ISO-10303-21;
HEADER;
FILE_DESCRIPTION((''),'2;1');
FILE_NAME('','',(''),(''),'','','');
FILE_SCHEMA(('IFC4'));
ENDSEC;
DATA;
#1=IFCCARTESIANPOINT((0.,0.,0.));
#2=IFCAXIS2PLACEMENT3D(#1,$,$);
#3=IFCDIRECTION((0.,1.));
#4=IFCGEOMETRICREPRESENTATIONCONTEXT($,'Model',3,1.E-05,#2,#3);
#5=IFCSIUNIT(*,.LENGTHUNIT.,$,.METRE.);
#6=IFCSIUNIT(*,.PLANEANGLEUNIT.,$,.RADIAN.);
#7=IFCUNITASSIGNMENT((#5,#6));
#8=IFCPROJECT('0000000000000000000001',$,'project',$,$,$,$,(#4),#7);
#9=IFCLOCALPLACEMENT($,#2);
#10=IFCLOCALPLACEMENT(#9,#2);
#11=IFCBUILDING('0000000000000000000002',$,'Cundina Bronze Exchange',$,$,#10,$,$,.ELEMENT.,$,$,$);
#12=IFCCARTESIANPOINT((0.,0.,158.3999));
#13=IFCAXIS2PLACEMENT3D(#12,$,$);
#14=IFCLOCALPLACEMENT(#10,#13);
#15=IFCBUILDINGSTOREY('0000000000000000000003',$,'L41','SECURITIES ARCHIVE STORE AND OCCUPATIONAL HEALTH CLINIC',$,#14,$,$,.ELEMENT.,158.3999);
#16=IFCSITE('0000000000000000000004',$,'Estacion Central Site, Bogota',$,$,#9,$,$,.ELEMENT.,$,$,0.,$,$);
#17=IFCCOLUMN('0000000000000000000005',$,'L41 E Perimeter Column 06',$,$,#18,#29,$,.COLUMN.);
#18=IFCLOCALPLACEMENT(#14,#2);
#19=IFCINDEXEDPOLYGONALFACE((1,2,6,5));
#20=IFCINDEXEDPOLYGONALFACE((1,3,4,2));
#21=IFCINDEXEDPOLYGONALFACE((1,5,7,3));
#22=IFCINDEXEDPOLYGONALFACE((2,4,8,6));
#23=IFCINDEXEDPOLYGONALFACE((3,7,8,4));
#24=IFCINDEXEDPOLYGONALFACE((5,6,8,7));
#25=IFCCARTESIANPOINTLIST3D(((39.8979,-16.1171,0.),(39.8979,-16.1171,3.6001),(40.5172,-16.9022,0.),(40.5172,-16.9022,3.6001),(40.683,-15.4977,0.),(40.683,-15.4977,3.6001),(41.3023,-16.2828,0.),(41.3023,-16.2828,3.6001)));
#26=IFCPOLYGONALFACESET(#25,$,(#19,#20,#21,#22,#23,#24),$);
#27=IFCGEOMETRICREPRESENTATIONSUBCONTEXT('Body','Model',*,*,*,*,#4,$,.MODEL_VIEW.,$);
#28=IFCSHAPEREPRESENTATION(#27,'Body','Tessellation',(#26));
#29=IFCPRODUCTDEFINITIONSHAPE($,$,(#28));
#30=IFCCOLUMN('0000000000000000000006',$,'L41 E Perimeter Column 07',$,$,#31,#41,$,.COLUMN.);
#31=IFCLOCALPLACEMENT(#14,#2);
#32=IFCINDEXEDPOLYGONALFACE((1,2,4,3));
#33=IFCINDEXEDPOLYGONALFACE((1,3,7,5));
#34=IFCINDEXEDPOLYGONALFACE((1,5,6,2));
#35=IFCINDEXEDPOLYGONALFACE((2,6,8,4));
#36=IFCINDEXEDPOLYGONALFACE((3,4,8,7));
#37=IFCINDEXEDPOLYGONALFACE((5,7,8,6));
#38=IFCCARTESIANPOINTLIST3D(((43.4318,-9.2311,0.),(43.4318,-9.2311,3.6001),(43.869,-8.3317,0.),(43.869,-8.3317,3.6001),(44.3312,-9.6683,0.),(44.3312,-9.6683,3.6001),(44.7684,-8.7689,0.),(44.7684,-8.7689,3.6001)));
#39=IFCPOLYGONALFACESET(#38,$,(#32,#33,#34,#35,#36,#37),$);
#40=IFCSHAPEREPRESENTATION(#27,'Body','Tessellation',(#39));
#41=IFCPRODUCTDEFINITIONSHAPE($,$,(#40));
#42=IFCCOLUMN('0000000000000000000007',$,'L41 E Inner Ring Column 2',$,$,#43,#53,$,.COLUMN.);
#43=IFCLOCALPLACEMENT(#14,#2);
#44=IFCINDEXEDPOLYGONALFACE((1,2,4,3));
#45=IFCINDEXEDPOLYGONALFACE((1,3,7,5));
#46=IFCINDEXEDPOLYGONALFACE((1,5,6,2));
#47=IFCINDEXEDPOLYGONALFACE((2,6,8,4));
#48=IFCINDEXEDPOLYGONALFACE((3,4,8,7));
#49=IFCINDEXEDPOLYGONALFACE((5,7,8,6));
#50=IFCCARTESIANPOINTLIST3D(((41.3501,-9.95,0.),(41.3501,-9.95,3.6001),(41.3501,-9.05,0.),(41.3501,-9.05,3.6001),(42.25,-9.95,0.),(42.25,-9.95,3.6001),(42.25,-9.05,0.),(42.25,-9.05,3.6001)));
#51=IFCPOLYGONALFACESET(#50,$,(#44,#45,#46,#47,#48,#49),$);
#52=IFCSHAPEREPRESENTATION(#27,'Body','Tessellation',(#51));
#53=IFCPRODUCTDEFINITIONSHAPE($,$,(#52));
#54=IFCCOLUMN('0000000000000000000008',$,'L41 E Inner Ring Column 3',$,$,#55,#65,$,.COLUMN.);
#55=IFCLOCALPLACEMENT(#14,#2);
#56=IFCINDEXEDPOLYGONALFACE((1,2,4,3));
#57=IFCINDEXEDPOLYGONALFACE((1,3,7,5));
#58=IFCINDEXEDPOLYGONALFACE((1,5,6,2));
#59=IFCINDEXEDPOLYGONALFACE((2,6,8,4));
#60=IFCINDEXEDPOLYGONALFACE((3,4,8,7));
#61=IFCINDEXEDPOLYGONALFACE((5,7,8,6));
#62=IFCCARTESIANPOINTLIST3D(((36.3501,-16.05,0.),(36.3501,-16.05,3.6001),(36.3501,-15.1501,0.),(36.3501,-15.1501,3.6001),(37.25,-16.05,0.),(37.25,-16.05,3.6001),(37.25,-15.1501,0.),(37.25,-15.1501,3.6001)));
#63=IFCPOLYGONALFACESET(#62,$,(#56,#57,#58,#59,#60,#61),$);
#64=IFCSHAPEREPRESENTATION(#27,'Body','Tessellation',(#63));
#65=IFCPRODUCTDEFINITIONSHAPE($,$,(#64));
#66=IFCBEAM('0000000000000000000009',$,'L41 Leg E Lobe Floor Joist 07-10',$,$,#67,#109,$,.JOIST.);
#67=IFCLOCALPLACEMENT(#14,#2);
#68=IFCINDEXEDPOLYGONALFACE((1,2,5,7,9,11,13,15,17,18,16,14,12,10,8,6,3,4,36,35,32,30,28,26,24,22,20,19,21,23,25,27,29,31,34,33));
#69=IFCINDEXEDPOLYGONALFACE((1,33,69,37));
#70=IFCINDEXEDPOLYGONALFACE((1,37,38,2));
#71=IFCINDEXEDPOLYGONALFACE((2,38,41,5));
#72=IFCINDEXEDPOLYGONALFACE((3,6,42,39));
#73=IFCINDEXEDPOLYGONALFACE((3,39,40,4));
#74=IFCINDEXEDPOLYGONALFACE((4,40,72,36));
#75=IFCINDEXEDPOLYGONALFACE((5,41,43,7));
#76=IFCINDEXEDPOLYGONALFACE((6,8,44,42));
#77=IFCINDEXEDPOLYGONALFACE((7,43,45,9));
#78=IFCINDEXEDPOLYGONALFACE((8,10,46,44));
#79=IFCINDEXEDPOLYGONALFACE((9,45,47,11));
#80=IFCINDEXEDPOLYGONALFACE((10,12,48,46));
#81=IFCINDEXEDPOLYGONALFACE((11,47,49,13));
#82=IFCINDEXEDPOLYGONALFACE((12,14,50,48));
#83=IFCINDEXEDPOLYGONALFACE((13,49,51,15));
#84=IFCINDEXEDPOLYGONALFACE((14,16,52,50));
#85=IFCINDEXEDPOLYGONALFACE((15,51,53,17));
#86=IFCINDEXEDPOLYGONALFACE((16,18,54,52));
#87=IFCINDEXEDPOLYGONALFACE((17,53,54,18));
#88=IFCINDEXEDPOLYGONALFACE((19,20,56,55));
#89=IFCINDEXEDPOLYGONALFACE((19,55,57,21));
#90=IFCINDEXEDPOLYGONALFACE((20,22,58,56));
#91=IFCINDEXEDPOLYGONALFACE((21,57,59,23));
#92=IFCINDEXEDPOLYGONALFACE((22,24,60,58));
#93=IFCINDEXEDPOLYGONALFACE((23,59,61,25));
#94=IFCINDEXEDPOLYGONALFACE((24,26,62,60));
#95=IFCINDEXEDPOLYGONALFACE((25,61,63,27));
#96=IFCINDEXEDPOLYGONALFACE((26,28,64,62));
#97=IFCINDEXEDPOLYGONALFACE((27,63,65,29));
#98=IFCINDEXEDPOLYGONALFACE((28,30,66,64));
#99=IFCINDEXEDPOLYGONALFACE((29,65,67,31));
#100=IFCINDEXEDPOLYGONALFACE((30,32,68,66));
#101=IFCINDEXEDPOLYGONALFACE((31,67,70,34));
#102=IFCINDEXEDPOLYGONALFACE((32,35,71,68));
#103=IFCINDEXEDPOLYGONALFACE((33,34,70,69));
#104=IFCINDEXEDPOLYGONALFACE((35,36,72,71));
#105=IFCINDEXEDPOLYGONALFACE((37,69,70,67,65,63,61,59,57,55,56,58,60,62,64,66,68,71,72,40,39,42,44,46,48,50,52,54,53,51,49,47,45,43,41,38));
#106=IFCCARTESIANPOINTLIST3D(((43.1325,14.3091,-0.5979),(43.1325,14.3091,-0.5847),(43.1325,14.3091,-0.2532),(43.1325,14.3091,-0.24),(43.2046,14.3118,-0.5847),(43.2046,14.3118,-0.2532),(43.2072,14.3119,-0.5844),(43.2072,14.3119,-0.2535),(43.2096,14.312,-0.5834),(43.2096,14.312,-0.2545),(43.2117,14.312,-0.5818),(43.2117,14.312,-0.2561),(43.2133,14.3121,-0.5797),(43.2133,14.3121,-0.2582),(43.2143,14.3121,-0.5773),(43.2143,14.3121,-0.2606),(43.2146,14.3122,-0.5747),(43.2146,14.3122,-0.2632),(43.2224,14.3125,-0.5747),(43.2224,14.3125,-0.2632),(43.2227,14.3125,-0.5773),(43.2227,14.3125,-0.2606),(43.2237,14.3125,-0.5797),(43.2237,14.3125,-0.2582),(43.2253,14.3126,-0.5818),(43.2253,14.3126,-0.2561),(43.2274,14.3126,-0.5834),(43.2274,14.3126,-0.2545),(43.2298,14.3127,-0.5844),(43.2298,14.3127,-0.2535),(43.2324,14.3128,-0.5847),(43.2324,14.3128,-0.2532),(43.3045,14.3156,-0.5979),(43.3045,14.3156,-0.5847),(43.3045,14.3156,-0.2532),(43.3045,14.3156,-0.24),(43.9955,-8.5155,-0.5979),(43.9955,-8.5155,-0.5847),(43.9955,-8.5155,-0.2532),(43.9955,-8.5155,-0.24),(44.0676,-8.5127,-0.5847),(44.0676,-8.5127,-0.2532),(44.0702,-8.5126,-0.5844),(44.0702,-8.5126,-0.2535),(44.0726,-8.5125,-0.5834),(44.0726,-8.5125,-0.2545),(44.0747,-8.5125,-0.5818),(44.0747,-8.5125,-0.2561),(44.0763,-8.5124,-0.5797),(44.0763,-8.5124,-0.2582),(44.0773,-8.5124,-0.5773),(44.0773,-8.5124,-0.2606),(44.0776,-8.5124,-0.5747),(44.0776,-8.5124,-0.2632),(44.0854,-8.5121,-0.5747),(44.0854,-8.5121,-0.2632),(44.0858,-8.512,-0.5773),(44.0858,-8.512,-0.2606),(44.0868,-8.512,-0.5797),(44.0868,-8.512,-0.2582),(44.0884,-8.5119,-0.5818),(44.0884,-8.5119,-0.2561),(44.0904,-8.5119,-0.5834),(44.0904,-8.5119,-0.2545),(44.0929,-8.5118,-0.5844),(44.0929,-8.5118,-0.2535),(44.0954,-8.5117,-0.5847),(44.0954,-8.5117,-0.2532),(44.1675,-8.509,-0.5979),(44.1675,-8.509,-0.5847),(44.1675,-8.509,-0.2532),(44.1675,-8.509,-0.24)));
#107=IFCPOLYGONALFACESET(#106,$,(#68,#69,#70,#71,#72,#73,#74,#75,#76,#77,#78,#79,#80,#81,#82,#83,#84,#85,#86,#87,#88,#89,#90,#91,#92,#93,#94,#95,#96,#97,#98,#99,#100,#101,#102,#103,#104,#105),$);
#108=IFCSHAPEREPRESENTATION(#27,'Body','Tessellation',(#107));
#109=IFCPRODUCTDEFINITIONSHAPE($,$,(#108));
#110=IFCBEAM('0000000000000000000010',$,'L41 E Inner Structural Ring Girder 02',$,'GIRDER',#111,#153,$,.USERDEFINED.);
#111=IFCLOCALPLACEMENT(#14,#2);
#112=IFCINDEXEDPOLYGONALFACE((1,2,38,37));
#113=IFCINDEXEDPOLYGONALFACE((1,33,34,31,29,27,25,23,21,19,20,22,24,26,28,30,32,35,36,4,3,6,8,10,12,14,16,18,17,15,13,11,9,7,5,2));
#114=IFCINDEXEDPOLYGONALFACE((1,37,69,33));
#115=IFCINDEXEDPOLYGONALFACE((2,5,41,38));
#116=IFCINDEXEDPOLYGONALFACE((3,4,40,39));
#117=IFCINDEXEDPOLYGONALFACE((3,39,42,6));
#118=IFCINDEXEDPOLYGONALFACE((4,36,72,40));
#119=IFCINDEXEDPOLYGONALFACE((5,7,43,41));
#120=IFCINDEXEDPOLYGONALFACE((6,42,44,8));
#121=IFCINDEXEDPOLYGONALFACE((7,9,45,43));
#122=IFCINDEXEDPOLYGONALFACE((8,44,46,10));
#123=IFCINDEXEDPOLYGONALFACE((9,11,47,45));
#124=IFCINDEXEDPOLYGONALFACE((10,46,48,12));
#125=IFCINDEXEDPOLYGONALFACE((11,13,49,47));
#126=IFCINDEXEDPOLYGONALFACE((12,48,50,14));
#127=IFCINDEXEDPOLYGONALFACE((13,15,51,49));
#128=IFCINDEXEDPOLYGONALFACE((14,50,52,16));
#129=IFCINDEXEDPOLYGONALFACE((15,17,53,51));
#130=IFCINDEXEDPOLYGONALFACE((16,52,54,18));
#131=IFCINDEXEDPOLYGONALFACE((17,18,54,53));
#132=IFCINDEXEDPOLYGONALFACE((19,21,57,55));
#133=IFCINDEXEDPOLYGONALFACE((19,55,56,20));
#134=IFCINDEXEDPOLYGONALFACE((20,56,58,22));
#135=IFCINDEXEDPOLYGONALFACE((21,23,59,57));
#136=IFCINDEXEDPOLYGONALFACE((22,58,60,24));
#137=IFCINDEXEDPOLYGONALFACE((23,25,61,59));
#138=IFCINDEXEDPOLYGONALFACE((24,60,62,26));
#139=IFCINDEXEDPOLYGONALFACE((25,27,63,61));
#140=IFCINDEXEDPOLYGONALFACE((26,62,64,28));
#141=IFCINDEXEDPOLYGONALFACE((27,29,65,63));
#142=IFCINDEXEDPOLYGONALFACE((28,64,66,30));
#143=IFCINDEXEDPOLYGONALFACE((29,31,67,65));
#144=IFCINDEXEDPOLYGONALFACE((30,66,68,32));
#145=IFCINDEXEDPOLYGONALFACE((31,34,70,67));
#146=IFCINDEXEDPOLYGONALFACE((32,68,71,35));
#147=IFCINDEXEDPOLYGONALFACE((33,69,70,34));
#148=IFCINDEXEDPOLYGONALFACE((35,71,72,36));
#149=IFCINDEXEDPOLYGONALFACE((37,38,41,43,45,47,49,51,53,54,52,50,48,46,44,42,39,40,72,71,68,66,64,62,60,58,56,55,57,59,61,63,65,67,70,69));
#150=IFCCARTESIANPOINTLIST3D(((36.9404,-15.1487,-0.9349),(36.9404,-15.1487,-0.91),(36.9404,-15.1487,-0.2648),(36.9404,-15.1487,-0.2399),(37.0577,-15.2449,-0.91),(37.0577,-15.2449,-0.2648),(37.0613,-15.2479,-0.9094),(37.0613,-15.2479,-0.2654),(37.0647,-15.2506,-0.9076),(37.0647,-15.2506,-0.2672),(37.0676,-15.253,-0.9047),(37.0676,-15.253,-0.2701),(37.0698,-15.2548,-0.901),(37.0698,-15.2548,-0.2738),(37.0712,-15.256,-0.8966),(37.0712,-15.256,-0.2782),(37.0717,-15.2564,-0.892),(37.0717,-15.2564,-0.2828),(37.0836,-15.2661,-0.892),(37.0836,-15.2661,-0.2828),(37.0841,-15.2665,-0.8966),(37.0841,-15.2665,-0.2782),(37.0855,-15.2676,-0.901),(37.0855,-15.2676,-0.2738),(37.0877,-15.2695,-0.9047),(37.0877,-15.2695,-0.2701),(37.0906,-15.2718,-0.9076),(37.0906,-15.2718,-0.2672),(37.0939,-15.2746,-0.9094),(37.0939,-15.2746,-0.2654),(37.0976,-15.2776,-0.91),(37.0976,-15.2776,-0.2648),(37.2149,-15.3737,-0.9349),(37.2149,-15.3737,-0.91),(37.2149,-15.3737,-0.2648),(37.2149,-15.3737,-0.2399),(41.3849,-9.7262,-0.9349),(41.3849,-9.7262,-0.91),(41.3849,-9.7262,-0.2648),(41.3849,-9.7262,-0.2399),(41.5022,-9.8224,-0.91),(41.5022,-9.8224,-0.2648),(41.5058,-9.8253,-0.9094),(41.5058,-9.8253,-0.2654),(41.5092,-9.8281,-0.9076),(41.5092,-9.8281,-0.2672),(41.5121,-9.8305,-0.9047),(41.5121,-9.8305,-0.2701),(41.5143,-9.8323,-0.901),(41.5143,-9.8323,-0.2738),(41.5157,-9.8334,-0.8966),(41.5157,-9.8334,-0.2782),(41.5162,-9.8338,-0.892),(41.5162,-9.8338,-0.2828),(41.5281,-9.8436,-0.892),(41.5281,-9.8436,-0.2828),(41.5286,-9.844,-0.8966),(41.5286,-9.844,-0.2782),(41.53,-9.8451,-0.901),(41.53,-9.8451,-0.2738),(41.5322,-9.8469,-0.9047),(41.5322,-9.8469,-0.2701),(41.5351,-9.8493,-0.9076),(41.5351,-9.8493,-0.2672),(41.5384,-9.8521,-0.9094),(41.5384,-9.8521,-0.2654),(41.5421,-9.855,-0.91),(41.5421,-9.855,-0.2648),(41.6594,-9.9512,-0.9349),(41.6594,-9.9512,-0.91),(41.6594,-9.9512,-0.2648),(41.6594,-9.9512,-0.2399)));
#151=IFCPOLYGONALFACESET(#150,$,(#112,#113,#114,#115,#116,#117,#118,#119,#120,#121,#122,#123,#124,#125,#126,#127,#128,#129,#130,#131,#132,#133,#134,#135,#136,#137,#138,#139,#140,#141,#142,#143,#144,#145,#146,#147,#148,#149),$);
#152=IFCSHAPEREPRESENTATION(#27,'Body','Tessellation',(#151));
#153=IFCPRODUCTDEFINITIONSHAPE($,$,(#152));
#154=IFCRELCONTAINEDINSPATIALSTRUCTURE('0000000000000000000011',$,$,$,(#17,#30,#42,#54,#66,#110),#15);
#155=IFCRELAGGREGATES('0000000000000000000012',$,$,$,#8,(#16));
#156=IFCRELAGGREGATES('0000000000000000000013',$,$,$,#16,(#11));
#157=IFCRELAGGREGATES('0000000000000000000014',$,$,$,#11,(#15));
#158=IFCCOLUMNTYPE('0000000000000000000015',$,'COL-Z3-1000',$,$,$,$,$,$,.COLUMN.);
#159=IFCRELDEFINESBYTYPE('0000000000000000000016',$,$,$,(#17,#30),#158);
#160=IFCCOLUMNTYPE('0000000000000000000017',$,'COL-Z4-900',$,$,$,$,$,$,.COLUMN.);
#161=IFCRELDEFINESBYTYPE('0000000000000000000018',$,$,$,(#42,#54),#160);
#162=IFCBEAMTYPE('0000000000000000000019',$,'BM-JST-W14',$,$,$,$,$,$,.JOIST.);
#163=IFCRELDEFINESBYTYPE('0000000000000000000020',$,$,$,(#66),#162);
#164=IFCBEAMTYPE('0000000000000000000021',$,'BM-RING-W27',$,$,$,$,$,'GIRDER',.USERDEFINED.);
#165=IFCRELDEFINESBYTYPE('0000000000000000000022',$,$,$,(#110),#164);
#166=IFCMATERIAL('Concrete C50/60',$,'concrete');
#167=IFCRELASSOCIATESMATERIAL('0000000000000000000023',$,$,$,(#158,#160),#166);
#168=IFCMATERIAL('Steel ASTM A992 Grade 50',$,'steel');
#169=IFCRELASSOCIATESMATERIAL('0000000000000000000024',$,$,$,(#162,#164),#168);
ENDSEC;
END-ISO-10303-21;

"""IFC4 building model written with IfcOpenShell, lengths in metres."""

from ifc_helpers import new_model, si_unit, direction, frame, origin, origin_2d, place, context, subcontext, project, spatial, rectangle, i_section, extrude, material, material_profile, profile_set, type_object, element, save


model = new_model("IFC4")

# Units and contexts
model_context = context("Model", 3, precision=1e-05, world=origin(), true_north=direction((0.0, 1.0)))
body_context = subcontext(model_context, "Body", "Model", "MODEL_VIEW")
ifc_project = project(units=[si_unit("LENGTHUNIT", "METRE"), si_unit("PLANEANGLEUNIT", "RADIAN")], contexts=[model_context])

# Site, building, storey
site_placement = place(None, origin())
site = spatial("IfcSite", under=ifc_project, at=site_placement, Name="Estacion Central Site, Bogota", CompositionType="ELEMENT", RefElevation=0.0)
building_placement = place(site_placement, origin())
building = spatial("IfcBuilding", under=site, at=building_placement, Name="Cundina Bronze Exchange", CompositionType="ELEMENT")
storey_placement = place(building_placement, frame((0.0, 0.0, 158.3999)))
storey = spatial("IfcBuildingStorey", under=building, at=storey_placement, Name="L41", Description="SECURITIES ARCHIVE STORE AND OCCUPATIONAL HEALTH CLINIC", CompositionType="ELEMENT", Elevation=158.3999)

# Columns
ifc_material_1 = material(Name="Concrete C50/60", Category="concrete")
ifc_material_profile_1 = material_profile(ifc_material_1, rectangle(XDim=1.0, YDim=1.0, at=origin_2d()), Name="RC1000X1000", Category="concrete")
ifc_profile_set_1 = profile_set([ifc_material_profile_1], Name="Concrete C50/60")
column_type_1 = type_object("IfcColumnType", Name="COL-Z3-1000", PredefinedType="COLUMN", material=ifc_profile_set_1)
for number, where, z_axis, x_axis, name in (
    (1, (40.6001, -16.2, 0.0), (0.0, 0.0, 1.0), (0.785101, 0.619368, 0.0), "L41 E Perimeter Column 06"),
    (2, (44.1001, -9.0, 0.0), (0.0, 0.0, 1.0), (0.437116, 0.899405, 0.0), "L41 E Perimeter Column 07"),
):
    element("IfcColumn", number, at=place(storey_placement, frame(where, z_axis=z_axis, x_axis=x_axis)), inside=storey, type_object=column_type_1, Name=name, PredefinedType="COLUMN", context=body_context, shape_type="SweptSolid", body=[
        extrude(rectangle(XDim=1.0, YDim=1.0, at=origin_2d()), origin(), (0.0, 0.0, 1.0), 3.6001),
    ])
ifc_material_profile_2 = material_profile(ifc_material_1, rectangle(XDim=0.8999, YDim=0.8999, at=origin_2d()), Name="RC900X900", Category="concrete")
ifc_profile_set_2 = profile_set([ifc_material_profile_2], Name="Concrete C50/60")
column_type_2 = type_object("IfcColumnType", Name="COL-Z4-900", PredefinedType="COLUMN", material=ifc_profile_set_2)
for number, where, z_axis, x_axis, name in (
    (3, (41.8, -9.5, 0.0), (0.0, 0.0, 1.0), (1.0, 0.0, 0.0), "L41 E Inner Ring Column 2"),
    (4, (36.8, -15.6001, 0.0), (0.0, 0.0, 1.0), (1.0, 0.0, 0.0), "L41 E Inner Ring Column 3"),
):
    element("IfcColumn", number, at=place(storey_placement, frame(where, z_axis=z_axis, x_axis=x_axis)), inside=storey, type_object=column_type_2, Name=name, PredefinedType="COLUMN", context=body_context, shape_type="SweptSolid", body=[
        extrude(rectangle(XDim=0.8999, YDim=0.8999, at=origin_2d()), origin(), (0.0, 0.0, 1.0), 3.6001),
    ])

# Beams
ifc_material_2 = material(Name="Steel ASTM A992 Grade 50", Category="steel")
ifc_material_profile_3 = material_profile(ifc_material_2, i_section(OverallWidth=0.1721, OverallDepth=0.3579, WebThickness=0.0078, FlangeThickness=0.0132, FilletRadius=0.01, at=origin_2d()), Name="W14X38", Category="steel")
ifc_profile_set_3 = profile_set([ifc_material_profile_3], Name="Steel ASTM A992 Grade 50")
beam_type_1 = type_object("IfcBeamType", Name="BM-JST-W14", PredefinedType="JOIST", material=ifc_profile_set_3)
beam_1_placement = place(storey_placement, frame((44.0815, -8.5122, -0.4189), z_axis=(-0.037785, 0.999286, 0.0), x_axis=(-0.999286, -0.037785, 0.0)))
element("IfcBeam", 5, at=beam_1_placement, inside=storey, type_object=beam_type_1, Name="L41 Leg E Lobe Floor Joist 07-10", PredefinedType="JOIST", context=body_context, shape_type="SweptSolid", body=[
    extrude(i_section(OverallWidth=0.1721, OverallDepth=0.3579, WebThickness=0.0078, FlangeThickness=0.0132, FilletRadius=0.01, at=origin_2d()), origin(), (0.0, 0.0, 1.0), 22.8408),
])
ifc_material_profile_4 = material_profile(ifc_material_2, i_section(OverallWidth=0.355, OverallDepth=0.6951, WebThickness=0.0154, FlangeThickness=0.0249, FilletRadius=0.0181, at=origin_2d()), Name="W27X146", Category="steel")
ifc_profile_set_4 = profile_set([ifc_material_profile_4], Name="Steel ASTM A992 Grade 50")
beam_type_2 = type_object("IfcBeamType", Name="BM-RING-W27", ElementType="GIRDER", PredefinedType="USERDEFINED", material=ifc_profile_set_4)
beam_2_placement = place(storey_placement, frame((37.0776, -15.2612, -0.5874), z_axis=(0.633913, 0.773405, 0.0), x_axis=(-0.773405, 0.633913, 0.0)))
element("IfcBeam", 6, at=beam_2_placement, inside=storey, type_object=beam_type_2, Name="L41 E Inner Structural Ring Girder 02", ObjectType="GIRDER", PredefinedType="USERDEFINED", context=body_context, shape_type="SweptSolid", body=[
    extrude(i_section(OverallWidth=0.355, OverallDepth=0.6951, WebThickness=0.0154, FlangeThickness=0.0249, FilletRadius=0.0181, at=origin_2d()), origin(), (0.0, 0.0, 1.0), 7.0112),
])

save(model, "model.ifc")
